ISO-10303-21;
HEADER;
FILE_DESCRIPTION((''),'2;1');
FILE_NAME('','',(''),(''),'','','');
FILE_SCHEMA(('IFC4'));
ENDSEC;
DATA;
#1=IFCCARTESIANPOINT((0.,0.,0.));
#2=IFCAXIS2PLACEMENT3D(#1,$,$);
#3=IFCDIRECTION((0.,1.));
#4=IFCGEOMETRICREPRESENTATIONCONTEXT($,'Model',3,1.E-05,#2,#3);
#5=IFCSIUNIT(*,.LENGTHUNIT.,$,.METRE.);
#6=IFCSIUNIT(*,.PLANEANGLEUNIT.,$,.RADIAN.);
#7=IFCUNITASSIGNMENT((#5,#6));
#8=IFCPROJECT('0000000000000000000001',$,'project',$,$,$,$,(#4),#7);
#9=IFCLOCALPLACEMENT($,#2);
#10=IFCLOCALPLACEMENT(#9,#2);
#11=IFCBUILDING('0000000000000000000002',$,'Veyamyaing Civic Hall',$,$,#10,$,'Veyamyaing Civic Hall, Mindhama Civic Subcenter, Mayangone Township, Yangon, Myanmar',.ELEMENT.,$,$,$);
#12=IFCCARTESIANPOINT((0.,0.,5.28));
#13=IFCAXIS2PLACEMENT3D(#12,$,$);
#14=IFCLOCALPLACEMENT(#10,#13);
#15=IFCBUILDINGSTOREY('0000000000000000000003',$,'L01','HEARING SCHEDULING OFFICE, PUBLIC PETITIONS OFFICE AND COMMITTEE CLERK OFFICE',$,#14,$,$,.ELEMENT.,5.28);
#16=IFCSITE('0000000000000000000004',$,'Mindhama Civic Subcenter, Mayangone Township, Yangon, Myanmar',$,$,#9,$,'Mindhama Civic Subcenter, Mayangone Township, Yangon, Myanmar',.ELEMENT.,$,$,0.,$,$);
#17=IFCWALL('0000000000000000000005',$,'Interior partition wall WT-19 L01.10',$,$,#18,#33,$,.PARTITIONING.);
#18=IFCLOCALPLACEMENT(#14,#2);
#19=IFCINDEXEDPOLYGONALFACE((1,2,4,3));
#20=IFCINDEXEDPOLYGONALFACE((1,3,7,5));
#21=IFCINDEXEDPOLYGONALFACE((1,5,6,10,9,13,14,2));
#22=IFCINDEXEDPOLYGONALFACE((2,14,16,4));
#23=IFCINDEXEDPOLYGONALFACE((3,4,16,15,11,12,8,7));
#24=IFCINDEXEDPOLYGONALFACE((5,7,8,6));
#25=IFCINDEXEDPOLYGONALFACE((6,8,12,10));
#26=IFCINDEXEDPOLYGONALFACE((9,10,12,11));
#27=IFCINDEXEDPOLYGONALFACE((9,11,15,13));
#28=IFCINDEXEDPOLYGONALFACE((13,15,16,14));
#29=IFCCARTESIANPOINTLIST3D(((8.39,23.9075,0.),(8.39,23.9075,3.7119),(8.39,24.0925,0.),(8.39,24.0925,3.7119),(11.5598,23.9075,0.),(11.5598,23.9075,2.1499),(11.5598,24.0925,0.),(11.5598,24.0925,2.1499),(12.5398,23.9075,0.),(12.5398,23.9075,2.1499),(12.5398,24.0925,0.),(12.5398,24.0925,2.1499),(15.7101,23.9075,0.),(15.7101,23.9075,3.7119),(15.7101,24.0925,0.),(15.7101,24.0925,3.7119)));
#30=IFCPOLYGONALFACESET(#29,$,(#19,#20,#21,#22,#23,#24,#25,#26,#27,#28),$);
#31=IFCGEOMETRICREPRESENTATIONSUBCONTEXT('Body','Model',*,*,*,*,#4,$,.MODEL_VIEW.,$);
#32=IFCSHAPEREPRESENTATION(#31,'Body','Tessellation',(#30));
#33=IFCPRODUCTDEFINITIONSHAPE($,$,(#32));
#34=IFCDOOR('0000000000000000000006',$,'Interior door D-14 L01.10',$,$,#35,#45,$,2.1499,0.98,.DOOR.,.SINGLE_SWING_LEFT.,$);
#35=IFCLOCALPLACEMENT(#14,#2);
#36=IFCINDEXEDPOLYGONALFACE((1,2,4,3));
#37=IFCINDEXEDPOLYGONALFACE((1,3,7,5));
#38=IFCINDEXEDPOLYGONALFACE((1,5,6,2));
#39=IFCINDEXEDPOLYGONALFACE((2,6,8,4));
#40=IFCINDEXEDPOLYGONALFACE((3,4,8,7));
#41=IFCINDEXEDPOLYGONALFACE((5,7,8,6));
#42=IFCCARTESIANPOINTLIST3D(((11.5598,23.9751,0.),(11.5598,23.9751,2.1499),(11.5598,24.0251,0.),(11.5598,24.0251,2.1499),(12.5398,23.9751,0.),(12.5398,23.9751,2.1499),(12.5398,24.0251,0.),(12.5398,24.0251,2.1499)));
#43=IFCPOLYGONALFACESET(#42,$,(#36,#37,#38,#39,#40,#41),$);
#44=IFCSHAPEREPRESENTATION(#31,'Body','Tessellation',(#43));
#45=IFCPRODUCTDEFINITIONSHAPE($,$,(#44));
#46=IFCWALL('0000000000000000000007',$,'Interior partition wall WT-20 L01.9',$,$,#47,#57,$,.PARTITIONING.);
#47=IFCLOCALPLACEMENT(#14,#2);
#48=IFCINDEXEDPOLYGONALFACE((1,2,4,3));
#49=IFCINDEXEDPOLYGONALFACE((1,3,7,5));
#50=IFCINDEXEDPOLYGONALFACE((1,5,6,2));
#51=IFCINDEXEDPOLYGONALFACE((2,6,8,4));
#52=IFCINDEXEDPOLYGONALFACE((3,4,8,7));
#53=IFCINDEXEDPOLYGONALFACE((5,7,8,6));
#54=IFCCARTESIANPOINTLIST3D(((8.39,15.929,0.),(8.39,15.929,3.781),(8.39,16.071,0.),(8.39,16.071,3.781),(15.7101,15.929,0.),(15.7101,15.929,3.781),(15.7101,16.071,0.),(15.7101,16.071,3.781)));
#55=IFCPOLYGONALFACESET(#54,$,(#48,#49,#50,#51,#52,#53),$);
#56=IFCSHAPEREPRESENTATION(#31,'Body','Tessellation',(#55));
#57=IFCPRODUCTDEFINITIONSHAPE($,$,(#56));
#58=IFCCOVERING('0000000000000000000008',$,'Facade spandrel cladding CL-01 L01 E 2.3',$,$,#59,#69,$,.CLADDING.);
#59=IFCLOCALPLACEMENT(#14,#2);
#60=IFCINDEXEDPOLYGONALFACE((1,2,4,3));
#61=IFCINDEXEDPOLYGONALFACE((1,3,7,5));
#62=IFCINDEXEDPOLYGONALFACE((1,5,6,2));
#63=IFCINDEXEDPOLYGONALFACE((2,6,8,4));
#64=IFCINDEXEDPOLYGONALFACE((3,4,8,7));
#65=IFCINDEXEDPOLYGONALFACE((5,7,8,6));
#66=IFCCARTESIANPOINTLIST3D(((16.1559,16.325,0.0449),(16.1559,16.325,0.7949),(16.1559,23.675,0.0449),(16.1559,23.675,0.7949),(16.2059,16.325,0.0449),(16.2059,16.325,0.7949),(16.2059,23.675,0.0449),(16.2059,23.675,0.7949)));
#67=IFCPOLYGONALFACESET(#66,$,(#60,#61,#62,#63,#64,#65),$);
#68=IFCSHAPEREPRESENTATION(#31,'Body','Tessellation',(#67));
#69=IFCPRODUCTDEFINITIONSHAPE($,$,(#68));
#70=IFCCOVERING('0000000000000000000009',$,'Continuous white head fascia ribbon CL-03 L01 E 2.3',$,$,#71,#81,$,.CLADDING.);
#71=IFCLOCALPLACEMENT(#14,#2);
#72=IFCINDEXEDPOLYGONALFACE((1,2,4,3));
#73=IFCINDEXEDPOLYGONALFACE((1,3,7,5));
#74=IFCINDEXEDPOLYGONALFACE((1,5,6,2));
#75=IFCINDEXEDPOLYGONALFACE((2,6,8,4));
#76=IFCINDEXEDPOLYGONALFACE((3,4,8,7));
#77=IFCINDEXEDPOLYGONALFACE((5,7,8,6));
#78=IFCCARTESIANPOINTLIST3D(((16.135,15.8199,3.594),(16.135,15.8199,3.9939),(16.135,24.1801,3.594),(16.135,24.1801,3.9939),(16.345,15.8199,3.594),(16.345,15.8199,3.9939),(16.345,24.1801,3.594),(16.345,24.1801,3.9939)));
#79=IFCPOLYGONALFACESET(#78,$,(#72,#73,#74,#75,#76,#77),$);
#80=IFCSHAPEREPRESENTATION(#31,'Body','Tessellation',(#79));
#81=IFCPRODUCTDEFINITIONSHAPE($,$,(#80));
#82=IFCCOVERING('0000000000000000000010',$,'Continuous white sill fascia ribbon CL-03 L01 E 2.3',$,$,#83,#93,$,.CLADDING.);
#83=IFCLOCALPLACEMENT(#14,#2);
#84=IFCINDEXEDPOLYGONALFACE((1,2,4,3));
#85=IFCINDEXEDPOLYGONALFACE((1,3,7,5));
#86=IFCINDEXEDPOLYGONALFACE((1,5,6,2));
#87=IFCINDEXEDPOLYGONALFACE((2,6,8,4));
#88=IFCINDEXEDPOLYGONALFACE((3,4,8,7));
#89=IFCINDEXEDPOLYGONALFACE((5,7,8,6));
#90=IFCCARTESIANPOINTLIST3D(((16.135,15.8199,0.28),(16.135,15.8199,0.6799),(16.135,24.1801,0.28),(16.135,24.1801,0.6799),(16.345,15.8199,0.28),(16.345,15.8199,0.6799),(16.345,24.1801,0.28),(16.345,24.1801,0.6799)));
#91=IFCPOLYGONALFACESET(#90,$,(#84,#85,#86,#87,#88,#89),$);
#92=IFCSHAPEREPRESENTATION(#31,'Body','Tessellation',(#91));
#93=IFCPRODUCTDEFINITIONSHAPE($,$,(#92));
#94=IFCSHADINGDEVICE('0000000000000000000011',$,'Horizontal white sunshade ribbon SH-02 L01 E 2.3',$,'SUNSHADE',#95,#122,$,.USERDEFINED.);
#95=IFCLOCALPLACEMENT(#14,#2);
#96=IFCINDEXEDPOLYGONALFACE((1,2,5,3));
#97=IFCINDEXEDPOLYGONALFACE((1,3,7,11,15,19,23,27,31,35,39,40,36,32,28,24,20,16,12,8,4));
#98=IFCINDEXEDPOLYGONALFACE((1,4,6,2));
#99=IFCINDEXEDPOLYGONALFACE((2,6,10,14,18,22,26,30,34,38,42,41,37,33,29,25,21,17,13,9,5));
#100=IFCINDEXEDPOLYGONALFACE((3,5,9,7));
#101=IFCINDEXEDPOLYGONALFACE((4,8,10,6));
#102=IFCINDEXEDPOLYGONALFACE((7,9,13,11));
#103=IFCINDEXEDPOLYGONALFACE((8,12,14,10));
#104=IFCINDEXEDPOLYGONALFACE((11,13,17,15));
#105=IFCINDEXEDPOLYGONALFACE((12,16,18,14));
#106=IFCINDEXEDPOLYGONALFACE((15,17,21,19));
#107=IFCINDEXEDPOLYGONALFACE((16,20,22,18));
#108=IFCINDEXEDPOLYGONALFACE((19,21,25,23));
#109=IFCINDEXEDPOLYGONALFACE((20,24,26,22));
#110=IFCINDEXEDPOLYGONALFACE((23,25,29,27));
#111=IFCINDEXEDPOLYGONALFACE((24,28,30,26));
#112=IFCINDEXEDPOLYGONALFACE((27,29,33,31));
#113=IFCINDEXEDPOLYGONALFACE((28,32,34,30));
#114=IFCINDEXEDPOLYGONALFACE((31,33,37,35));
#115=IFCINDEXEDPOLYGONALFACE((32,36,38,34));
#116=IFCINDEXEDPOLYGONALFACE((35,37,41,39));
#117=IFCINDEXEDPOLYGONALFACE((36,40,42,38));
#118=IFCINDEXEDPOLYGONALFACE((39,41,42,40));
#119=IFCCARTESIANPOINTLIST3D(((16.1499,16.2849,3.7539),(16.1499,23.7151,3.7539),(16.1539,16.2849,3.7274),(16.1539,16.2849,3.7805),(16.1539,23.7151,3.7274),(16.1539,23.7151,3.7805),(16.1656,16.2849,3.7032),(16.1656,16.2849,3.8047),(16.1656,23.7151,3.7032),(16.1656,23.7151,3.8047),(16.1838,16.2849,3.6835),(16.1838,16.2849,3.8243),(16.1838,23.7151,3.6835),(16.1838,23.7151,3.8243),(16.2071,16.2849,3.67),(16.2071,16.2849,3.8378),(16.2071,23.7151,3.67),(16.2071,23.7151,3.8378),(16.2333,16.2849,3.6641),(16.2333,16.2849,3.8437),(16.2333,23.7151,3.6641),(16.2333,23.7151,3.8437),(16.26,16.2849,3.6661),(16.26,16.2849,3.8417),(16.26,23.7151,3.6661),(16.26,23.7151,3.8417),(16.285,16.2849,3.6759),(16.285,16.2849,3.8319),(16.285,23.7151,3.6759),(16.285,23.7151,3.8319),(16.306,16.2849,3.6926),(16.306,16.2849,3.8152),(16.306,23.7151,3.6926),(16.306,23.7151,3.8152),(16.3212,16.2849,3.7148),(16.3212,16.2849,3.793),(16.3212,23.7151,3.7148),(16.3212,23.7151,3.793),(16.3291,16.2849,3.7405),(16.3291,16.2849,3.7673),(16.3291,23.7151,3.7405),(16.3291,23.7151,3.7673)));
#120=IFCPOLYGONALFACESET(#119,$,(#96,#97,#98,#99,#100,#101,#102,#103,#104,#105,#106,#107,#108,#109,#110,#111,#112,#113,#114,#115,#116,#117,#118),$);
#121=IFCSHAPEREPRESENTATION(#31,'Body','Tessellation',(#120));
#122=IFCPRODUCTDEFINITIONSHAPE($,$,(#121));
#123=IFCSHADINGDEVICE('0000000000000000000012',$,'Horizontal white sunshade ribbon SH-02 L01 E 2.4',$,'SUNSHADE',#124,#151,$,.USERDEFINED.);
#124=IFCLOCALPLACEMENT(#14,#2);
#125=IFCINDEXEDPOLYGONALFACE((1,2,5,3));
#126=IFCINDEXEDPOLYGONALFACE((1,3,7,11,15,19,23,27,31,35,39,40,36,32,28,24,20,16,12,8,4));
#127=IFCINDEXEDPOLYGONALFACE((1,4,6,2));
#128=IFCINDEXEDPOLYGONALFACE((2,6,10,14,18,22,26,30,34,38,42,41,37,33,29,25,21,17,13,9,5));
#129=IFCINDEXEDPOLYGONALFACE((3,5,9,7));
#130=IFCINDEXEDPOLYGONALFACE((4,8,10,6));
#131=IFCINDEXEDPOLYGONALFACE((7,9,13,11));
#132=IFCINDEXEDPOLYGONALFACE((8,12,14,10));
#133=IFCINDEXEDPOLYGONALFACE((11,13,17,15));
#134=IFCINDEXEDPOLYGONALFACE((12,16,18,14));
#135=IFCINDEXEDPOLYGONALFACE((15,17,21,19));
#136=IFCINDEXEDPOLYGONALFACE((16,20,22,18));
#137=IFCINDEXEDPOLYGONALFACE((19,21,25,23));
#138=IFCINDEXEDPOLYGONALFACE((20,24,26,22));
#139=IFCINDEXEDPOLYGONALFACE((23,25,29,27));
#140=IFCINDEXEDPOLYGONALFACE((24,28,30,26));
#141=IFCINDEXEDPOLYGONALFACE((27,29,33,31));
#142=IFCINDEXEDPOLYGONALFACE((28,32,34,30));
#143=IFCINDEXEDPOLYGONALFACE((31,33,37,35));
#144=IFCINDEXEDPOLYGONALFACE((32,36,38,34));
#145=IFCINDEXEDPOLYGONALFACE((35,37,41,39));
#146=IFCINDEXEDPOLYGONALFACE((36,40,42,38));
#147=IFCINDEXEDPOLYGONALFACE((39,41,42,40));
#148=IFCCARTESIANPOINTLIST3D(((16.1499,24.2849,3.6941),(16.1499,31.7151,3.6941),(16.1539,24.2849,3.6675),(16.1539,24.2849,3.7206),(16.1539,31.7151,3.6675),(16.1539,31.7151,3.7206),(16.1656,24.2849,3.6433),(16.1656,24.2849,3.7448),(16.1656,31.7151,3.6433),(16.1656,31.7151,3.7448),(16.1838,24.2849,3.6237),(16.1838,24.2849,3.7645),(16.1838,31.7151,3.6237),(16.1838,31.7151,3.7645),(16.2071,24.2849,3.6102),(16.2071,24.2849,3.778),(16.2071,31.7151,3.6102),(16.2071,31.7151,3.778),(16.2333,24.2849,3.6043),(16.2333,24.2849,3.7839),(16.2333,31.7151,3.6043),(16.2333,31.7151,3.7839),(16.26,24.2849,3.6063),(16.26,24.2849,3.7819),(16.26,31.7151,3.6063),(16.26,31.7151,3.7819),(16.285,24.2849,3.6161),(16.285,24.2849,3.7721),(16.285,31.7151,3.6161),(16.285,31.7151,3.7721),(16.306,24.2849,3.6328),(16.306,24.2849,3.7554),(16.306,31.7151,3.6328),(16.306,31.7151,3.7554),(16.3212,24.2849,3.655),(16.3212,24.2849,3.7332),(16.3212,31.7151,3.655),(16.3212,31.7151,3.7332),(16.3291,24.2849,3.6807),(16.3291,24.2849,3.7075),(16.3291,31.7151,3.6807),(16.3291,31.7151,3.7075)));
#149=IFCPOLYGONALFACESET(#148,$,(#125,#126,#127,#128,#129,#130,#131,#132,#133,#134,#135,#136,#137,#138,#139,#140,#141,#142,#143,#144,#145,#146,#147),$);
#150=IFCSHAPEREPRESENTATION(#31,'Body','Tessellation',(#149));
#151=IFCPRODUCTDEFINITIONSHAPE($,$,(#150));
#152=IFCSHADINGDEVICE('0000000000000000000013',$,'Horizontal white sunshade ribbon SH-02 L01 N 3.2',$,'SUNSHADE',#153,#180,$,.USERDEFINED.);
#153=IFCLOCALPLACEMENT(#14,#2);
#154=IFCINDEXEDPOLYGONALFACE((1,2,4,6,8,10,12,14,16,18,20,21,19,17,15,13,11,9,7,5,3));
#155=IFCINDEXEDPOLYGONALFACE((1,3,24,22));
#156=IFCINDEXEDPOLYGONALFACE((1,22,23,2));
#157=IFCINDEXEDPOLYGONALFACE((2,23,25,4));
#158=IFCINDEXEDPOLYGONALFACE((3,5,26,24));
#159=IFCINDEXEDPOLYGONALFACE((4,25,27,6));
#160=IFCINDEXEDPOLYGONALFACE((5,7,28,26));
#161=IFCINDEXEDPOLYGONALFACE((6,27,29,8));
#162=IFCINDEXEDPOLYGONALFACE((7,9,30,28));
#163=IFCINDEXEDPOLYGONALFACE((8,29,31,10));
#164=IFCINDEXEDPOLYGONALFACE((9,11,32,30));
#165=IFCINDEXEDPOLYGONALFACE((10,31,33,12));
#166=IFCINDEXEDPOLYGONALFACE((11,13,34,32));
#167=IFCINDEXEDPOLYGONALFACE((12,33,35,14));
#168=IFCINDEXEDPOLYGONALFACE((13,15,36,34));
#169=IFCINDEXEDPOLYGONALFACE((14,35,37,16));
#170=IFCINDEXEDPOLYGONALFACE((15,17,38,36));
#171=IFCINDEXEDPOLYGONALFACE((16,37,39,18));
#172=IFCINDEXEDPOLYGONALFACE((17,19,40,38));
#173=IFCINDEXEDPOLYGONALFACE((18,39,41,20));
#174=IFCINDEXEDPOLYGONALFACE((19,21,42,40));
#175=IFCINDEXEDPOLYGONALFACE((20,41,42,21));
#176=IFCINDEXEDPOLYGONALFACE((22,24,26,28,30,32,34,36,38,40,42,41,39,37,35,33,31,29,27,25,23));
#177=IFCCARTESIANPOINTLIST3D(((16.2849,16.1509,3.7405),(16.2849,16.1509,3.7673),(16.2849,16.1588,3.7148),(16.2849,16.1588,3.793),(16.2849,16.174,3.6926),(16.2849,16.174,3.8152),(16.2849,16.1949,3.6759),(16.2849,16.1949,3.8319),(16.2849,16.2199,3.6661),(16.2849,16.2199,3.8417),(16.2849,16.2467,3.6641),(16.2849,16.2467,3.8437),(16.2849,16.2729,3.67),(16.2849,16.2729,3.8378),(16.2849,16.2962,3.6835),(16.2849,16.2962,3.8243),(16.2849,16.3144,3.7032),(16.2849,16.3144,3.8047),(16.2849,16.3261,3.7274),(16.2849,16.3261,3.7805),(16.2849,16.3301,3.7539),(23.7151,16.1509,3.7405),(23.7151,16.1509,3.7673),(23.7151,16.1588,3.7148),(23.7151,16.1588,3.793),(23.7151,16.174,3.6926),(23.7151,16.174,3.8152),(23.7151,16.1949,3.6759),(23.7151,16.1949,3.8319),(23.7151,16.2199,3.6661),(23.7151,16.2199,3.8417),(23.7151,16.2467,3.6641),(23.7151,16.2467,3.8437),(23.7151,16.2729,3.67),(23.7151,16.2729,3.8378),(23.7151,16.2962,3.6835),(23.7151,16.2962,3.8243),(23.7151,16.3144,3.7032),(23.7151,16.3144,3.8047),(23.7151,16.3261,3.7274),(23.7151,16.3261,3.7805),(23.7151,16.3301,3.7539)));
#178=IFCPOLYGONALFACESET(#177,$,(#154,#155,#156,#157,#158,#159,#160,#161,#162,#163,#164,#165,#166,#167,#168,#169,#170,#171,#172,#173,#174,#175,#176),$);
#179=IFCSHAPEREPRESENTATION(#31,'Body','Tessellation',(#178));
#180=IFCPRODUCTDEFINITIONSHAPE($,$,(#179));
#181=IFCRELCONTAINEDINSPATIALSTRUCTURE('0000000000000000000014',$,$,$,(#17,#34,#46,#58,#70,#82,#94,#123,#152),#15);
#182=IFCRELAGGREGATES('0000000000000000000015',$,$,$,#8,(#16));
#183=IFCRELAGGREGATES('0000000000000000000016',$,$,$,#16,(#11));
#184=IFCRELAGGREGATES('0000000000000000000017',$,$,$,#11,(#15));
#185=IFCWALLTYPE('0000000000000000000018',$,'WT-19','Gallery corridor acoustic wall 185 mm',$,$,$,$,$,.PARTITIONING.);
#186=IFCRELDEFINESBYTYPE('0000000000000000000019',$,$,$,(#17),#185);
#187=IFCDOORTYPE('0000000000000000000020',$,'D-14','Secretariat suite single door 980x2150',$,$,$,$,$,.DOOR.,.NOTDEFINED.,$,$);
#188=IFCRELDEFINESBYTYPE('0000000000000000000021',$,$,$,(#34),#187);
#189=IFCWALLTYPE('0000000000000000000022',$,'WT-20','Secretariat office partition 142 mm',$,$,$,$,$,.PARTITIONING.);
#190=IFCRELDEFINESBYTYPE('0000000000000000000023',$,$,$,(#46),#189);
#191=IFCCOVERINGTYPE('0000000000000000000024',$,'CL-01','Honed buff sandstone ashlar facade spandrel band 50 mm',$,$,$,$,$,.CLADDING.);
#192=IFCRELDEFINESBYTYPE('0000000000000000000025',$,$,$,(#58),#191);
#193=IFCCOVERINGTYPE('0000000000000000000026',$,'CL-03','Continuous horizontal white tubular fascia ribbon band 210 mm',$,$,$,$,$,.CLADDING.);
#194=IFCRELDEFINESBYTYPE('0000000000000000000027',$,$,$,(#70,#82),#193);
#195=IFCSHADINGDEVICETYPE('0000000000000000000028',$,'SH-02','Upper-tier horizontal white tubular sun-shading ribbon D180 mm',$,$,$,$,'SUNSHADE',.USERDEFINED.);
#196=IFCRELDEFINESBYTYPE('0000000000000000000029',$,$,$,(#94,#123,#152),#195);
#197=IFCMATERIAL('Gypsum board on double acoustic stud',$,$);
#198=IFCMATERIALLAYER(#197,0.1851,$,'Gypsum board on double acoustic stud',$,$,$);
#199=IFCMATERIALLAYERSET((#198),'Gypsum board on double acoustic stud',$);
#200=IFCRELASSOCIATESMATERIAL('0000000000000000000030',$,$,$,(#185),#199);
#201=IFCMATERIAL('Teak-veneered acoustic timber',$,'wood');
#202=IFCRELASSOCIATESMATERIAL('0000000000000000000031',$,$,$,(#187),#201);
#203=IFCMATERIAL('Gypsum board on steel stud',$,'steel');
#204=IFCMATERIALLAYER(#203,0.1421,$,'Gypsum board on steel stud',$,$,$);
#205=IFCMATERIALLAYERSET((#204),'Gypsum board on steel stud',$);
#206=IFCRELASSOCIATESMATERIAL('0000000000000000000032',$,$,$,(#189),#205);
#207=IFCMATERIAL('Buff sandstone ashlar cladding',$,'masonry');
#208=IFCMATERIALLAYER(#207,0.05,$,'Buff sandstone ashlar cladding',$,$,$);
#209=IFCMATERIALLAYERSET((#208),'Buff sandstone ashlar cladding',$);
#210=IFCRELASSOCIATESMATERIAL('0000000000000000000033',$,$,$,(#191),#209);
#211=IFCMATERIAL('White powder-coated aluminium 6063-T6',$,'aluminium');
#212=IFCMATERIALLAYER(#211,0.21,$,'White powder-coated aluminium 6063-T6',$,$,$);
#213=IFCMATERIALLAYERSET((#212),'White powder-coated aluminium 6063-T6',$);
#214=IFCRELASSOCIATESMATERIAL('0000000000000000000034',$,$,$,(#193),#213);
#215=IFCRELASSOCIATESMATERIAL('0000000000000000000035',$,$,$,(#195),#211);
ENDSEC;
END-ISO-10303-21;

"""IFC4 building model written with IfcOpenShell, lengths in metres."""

from ifc_helpers import new_model, si_unit, direction, frame, frame_2d, origin, origin_2d, place, context, subcontext, project, spatial, rectangle, circle, extrude, material, layer, layer_set, material_profile, profile_set, type_object, element, fill, save


model = new_model("IFC4")

# Units and contexts
model_context = context("Model", 3, precision=1e-05, world=origin(), true_north=direction((0.0, 1.0)))
body_context = subcontext(model_context, "Body", "Model", "MODEL_VIEW")
ifc_project = project(units=[si_unit("LENGTHUNIT", "METRE"), si_unit("PLANEANGLEUNIT", "RADIAN")], contexts=[model_context])

# Site, building, storey
site_placement = place(None, origin())
site = spatial("IfcSite", under=ifc_project, at=site_placement, Name="Mindhama Civic Subcenter, Mayangone Township, Yangon, Myanmar", LongName="Mindhama Civic Subcenter, Mayangone Township, Yangon, Myanmar", CompositionType="ELEMENT", RefElevation=0.0)
building_placement = place(site_placement, origin())
building = spatial("IfcBuilding", under=site, at=building_placement, Name="Veyamyaing Civic Hall", LongName="Veyamyaing Civic Hall, Mindhama Civic Subcenter, Mayangone Township, Yangon, Myanmar", CompositionType="ELEMENT")
storey_placement = place(building_placement, frame((0.0, 0.0, 5.28)))
storey = spatial("IfcBuildingStorey", under=building, at=storey_placement, Name="L01", Description="HEARING SCHEDULING OFFICE, PUBLIC PETITIONS OFFICE AND COMMITTEE CLERK OFFICE", CompositionType="ELEMENT", Elevation=5.28)

# Wall, opening, door
ifc_material_1 = material(Name="Gypsum board on double acoustic stud")
ifc_layer_1 = layer(ifc_material_1, 0.1851, Name="Gypsum board on double acoustic stud")
ifc_layer_set_1 = layer_set([ifc_layer_1], Name="Gypsum board on double acoustic stud")
wall_type_1 = type_object("IfcWallType", Name="WT-19", Description="Gallery corridor acoustic wall 185 mm", PredefinedType="PARTITIONING", material=ifc_layer_set_1)
wall_1_placement = place(storey_placement, frame((8.3899, 24.0, 0.0), z_axis=(0.0, 0.0, 1.0), x_axis=(1.0, 0.0, 0.0)))
wall_1 = element("IfcWall", 1, at=wall_1_placement, inside=storey, type_object=wall_type_1, Name="Interior partition wall WT-19 L01.10", PredefinedType="PARTITIONING", context=body_context, shape_type="SweptSolid", body=[
    extrude(rectangle(XDim=7.3201, YDim=0.1851, at=frame_2d((3.6602, 0.0))), origin(), (0.0, 0.0, 1.0), 3.7119),
])
opening_1_placement = place(wall_1_placement, frame((3.1699, 0.0, 0.0)))
opening_1 = element("IfcOpeningElement", 2, at=opening_1_placement, cuts=wall_1, PredefinedType="OPENING", context=body_context, shape_type="SweptSolid", body=[
    extrude(rectangle(XDim=0.98, YDim=2.1499, at=frame_2d((0.49, 1.075))), frame((0.0, 0.1025, 0.0), z_axis=(0.0, -1.0, 0.0), x_axis=(1.0, 0.0, 0.0)), (0.0, 0.0, 1.0), 0.2051),
])
ifc_material_2 = material(Name="Teak-veneered acoustic timber", Category="wood")
door_type = type_object("IfcDoorType", Name="D-14", Description="Secretariat suite single door 980x2150", OperationType="NOTDEFINED", PredefinedType="DOOR", material=ifc_material_2)
door_placement = place(opening_1_placement, frame((0.98, 0.0, 0.0), z_axis=(0.0, 0.0, 1.0), x_axis=(-1.0, 0.0, 0.0)))
door = element("IfcDoor", 3, at=door_placement, inside=storey, type_object=door_type, Name="Interior door D-14 L01.10", OperationType="SINGLE_SWING_LEFT", OverallHeight=2.1499, OverallWidth=0.98, PredefinedType="DOOR", context=body_context, shape_type="SweptSolid", body=[
    extrude(rectangle(XDim=0.98, YDim=2.1499, at=frame_2d((0.49, 1.075))), frame((0.0, 0.0249, 0.0), z_axis=(0.0, -1.0, 0.0), x_axis=(1.0, 0.0, 0.0)), (0.0, 0.0, 1.0), 0.05),
])
fill(opening_1, door)

# Wall
ifc_material_3 = material(Name="Gypsum board on steel stud", Category="steel")
ifc_layer_2 = layer(ifc_material_3, 0.1421, Name="Gypsum board on steel stud")
ifc_layer_set_2 = layer_set([ifc_layer_2], Name="Gypsum board on steel stud")
wall_type_2 = type_object("IfcWallType", Name="WT-20", Description="Secretariat office partition 142 mm", PredefinedType="PARTITIONING", material=ifc_layer_set_2)
wall_2_placement = place(storey_placement, frame((8.3899, 16.0, 0.0), z_axis=(0.0, 0.0, 1.0), x_axis=(1.0, 0.0, 0.0)))
element("IfcWall", 4, at=wall_2_placement, inside=storey, type_object=wall_type_2, Name="Interior partition wall WT-20 L01.9", PredefinedType="PARTITIONING", context=body_context, shape_type="SweptSolid", body=[
    extrude(rectangle(XDim=7.3201, YDim=0.1421, at=frame_2d((3.6602, 0.0))), origin(), (0.0, 0.0, 1.0), 3.781),
])

# Coverings
ifc_material_4 = material(Name="Buff sandstone ashlar cladding", Category="masonry")
ifc_layer_3 = layer(ifc_material_4, 0.05, Name="Buff sandstone ashlar cladding")
ifc_layer_set_3 = layer_set([ifc_layer_3], Name="Buff sandstone ashlar cladding")
covering_type_1 = type_object("IfcCoveringType", Name="CL-01", Description="Honed buff sandstone ashlar facade spandrel band 50 mm", PredefinedType="CLADDING", material=ifc_layer_set_3)
covering_placement = place(storey_placement, frame((16.1809, 20.0, 0.0449), z_axis=(0.0, 0.0, 1.0), x_axis=(0.0, 1.0, 0.0)))
element("IfcCovering", 5, at=covering_placement, inside=storey, type_object=covering_type_1, Name="Facade spandrel cladding CL-01 L01 E 2.3", PredefinedType="CLADDING", context=body_context, shape_type="SweptSolid", body=[
    extrude(rectangle(XDim=7.3501, YDim=0.05, at=origin_2d()), origin(), (0.0, 0.0, 1.0), 0.75),
])
ifc_material_5 = material(Name="White powder-coated aluminium 6063-T6", Category="aluminium")
ifc_layer_4 = layer(ifc_material_5, 0.21, Name="White powder-coated aluminium 6063-T6")
ifc_layer_set_4 = layer_set([ifc_layer_4], Name="White powder-coated aluminium 6063-T6")
covering_type_2 = type_object("IfcCoveringType", Name="CL-03", Description="Continuous horizontal white tubular fascia ribbon band 210 mm", PredefinedType="CLADDING", material=ifc_layer_set_4)
for number, where, z_axis, x_axis, name in (
    (6, (16.24, 20.0, 3.594), (0.0, 0.0, 1.0), (0.0, 1.0, 0.0), "Continuous white head fascia ribbon CL-03 L01 E 2.3"),
    (7, (16.24, 20.0, 0.28), (0.0, 0.0, 1.0), (0.0, 1.0, 0.0), "Continuous white sill fascia ribbon CL-03 L01 E 2.3"),
):
    element("IfcCovering", number, at=place(storey_placement, frame(where, z_axis=z_axis, x_axis=x_axis)), inside=storey, type_object=covering_type_2, Name=name, PredefinedType="CLADDING", context=body_context, shape_type="SweptSolid", body=[
        extrude(rectangle(XDim=8.3601, YDim=0.21, at=origin_2d()), origin(), (0.0, 0.0, 1.0), 0.3999),
    ])

# Shading devices
ifc_material_profile_1 = material_profile(ifc_material_5, circle(Radius=0.0901, at=origin_2d()), Name="SHADE-TUBE-180")
ifc_profile_set_1 = profile_set([ifc_material_profile_1], Name="White powder-coated aluminium 6063-T6")
shading_device_type = type_object("IfcShadingDeviceType", Name="SH-02", Description="Upper-tier horizontal white tubular sun-shading ribbon D180 mm", ElementType="SUNSHADE", PredefinedType="USERDEFINED", material=ifc_profile_set_1)
for number, where, z_axis, x_axis, name in (
    (8, (16.24, 16.2849, 3.7539), (0.0, 1.0, 0.0), (-1.0, 0.0, 0.0), "Horizontal white sunshade ribbon SH-02 L01 E 2.3"),
    (9, (16.24, 24.2849, 3.6941), (0.0, 1.0, 0.0), (-1.0, 0.0, 0.0), "Horizontal white sunshade ribbon SH-02 L01 E 2.4"),
    (10, (16.2849, 16.24, 3.7539), (1.0, 0.0, 0.0), (0.0, 1.0, 0.0), "Horizontal white sunshade ribbon SH-02 L01 N 3.2"),
):
    element("IfcShadingDevice", number, at=place(storey_placement, frame(where, z_axis=z_axis, x_axis=x_axis)), inside=storey, type_object=shading_device_type, Name=name, ObjectType="SUNSHADE", PredefinedType="USERDEFINED", context=body_context, shape_type="SweptSolid", body=[
        extrude(circle(Radius=0.0901, at=origin_2d()), origin(), (0.0, 0.0, 1.0), 7.4302),
    ])

save(model, "model.ifc")
